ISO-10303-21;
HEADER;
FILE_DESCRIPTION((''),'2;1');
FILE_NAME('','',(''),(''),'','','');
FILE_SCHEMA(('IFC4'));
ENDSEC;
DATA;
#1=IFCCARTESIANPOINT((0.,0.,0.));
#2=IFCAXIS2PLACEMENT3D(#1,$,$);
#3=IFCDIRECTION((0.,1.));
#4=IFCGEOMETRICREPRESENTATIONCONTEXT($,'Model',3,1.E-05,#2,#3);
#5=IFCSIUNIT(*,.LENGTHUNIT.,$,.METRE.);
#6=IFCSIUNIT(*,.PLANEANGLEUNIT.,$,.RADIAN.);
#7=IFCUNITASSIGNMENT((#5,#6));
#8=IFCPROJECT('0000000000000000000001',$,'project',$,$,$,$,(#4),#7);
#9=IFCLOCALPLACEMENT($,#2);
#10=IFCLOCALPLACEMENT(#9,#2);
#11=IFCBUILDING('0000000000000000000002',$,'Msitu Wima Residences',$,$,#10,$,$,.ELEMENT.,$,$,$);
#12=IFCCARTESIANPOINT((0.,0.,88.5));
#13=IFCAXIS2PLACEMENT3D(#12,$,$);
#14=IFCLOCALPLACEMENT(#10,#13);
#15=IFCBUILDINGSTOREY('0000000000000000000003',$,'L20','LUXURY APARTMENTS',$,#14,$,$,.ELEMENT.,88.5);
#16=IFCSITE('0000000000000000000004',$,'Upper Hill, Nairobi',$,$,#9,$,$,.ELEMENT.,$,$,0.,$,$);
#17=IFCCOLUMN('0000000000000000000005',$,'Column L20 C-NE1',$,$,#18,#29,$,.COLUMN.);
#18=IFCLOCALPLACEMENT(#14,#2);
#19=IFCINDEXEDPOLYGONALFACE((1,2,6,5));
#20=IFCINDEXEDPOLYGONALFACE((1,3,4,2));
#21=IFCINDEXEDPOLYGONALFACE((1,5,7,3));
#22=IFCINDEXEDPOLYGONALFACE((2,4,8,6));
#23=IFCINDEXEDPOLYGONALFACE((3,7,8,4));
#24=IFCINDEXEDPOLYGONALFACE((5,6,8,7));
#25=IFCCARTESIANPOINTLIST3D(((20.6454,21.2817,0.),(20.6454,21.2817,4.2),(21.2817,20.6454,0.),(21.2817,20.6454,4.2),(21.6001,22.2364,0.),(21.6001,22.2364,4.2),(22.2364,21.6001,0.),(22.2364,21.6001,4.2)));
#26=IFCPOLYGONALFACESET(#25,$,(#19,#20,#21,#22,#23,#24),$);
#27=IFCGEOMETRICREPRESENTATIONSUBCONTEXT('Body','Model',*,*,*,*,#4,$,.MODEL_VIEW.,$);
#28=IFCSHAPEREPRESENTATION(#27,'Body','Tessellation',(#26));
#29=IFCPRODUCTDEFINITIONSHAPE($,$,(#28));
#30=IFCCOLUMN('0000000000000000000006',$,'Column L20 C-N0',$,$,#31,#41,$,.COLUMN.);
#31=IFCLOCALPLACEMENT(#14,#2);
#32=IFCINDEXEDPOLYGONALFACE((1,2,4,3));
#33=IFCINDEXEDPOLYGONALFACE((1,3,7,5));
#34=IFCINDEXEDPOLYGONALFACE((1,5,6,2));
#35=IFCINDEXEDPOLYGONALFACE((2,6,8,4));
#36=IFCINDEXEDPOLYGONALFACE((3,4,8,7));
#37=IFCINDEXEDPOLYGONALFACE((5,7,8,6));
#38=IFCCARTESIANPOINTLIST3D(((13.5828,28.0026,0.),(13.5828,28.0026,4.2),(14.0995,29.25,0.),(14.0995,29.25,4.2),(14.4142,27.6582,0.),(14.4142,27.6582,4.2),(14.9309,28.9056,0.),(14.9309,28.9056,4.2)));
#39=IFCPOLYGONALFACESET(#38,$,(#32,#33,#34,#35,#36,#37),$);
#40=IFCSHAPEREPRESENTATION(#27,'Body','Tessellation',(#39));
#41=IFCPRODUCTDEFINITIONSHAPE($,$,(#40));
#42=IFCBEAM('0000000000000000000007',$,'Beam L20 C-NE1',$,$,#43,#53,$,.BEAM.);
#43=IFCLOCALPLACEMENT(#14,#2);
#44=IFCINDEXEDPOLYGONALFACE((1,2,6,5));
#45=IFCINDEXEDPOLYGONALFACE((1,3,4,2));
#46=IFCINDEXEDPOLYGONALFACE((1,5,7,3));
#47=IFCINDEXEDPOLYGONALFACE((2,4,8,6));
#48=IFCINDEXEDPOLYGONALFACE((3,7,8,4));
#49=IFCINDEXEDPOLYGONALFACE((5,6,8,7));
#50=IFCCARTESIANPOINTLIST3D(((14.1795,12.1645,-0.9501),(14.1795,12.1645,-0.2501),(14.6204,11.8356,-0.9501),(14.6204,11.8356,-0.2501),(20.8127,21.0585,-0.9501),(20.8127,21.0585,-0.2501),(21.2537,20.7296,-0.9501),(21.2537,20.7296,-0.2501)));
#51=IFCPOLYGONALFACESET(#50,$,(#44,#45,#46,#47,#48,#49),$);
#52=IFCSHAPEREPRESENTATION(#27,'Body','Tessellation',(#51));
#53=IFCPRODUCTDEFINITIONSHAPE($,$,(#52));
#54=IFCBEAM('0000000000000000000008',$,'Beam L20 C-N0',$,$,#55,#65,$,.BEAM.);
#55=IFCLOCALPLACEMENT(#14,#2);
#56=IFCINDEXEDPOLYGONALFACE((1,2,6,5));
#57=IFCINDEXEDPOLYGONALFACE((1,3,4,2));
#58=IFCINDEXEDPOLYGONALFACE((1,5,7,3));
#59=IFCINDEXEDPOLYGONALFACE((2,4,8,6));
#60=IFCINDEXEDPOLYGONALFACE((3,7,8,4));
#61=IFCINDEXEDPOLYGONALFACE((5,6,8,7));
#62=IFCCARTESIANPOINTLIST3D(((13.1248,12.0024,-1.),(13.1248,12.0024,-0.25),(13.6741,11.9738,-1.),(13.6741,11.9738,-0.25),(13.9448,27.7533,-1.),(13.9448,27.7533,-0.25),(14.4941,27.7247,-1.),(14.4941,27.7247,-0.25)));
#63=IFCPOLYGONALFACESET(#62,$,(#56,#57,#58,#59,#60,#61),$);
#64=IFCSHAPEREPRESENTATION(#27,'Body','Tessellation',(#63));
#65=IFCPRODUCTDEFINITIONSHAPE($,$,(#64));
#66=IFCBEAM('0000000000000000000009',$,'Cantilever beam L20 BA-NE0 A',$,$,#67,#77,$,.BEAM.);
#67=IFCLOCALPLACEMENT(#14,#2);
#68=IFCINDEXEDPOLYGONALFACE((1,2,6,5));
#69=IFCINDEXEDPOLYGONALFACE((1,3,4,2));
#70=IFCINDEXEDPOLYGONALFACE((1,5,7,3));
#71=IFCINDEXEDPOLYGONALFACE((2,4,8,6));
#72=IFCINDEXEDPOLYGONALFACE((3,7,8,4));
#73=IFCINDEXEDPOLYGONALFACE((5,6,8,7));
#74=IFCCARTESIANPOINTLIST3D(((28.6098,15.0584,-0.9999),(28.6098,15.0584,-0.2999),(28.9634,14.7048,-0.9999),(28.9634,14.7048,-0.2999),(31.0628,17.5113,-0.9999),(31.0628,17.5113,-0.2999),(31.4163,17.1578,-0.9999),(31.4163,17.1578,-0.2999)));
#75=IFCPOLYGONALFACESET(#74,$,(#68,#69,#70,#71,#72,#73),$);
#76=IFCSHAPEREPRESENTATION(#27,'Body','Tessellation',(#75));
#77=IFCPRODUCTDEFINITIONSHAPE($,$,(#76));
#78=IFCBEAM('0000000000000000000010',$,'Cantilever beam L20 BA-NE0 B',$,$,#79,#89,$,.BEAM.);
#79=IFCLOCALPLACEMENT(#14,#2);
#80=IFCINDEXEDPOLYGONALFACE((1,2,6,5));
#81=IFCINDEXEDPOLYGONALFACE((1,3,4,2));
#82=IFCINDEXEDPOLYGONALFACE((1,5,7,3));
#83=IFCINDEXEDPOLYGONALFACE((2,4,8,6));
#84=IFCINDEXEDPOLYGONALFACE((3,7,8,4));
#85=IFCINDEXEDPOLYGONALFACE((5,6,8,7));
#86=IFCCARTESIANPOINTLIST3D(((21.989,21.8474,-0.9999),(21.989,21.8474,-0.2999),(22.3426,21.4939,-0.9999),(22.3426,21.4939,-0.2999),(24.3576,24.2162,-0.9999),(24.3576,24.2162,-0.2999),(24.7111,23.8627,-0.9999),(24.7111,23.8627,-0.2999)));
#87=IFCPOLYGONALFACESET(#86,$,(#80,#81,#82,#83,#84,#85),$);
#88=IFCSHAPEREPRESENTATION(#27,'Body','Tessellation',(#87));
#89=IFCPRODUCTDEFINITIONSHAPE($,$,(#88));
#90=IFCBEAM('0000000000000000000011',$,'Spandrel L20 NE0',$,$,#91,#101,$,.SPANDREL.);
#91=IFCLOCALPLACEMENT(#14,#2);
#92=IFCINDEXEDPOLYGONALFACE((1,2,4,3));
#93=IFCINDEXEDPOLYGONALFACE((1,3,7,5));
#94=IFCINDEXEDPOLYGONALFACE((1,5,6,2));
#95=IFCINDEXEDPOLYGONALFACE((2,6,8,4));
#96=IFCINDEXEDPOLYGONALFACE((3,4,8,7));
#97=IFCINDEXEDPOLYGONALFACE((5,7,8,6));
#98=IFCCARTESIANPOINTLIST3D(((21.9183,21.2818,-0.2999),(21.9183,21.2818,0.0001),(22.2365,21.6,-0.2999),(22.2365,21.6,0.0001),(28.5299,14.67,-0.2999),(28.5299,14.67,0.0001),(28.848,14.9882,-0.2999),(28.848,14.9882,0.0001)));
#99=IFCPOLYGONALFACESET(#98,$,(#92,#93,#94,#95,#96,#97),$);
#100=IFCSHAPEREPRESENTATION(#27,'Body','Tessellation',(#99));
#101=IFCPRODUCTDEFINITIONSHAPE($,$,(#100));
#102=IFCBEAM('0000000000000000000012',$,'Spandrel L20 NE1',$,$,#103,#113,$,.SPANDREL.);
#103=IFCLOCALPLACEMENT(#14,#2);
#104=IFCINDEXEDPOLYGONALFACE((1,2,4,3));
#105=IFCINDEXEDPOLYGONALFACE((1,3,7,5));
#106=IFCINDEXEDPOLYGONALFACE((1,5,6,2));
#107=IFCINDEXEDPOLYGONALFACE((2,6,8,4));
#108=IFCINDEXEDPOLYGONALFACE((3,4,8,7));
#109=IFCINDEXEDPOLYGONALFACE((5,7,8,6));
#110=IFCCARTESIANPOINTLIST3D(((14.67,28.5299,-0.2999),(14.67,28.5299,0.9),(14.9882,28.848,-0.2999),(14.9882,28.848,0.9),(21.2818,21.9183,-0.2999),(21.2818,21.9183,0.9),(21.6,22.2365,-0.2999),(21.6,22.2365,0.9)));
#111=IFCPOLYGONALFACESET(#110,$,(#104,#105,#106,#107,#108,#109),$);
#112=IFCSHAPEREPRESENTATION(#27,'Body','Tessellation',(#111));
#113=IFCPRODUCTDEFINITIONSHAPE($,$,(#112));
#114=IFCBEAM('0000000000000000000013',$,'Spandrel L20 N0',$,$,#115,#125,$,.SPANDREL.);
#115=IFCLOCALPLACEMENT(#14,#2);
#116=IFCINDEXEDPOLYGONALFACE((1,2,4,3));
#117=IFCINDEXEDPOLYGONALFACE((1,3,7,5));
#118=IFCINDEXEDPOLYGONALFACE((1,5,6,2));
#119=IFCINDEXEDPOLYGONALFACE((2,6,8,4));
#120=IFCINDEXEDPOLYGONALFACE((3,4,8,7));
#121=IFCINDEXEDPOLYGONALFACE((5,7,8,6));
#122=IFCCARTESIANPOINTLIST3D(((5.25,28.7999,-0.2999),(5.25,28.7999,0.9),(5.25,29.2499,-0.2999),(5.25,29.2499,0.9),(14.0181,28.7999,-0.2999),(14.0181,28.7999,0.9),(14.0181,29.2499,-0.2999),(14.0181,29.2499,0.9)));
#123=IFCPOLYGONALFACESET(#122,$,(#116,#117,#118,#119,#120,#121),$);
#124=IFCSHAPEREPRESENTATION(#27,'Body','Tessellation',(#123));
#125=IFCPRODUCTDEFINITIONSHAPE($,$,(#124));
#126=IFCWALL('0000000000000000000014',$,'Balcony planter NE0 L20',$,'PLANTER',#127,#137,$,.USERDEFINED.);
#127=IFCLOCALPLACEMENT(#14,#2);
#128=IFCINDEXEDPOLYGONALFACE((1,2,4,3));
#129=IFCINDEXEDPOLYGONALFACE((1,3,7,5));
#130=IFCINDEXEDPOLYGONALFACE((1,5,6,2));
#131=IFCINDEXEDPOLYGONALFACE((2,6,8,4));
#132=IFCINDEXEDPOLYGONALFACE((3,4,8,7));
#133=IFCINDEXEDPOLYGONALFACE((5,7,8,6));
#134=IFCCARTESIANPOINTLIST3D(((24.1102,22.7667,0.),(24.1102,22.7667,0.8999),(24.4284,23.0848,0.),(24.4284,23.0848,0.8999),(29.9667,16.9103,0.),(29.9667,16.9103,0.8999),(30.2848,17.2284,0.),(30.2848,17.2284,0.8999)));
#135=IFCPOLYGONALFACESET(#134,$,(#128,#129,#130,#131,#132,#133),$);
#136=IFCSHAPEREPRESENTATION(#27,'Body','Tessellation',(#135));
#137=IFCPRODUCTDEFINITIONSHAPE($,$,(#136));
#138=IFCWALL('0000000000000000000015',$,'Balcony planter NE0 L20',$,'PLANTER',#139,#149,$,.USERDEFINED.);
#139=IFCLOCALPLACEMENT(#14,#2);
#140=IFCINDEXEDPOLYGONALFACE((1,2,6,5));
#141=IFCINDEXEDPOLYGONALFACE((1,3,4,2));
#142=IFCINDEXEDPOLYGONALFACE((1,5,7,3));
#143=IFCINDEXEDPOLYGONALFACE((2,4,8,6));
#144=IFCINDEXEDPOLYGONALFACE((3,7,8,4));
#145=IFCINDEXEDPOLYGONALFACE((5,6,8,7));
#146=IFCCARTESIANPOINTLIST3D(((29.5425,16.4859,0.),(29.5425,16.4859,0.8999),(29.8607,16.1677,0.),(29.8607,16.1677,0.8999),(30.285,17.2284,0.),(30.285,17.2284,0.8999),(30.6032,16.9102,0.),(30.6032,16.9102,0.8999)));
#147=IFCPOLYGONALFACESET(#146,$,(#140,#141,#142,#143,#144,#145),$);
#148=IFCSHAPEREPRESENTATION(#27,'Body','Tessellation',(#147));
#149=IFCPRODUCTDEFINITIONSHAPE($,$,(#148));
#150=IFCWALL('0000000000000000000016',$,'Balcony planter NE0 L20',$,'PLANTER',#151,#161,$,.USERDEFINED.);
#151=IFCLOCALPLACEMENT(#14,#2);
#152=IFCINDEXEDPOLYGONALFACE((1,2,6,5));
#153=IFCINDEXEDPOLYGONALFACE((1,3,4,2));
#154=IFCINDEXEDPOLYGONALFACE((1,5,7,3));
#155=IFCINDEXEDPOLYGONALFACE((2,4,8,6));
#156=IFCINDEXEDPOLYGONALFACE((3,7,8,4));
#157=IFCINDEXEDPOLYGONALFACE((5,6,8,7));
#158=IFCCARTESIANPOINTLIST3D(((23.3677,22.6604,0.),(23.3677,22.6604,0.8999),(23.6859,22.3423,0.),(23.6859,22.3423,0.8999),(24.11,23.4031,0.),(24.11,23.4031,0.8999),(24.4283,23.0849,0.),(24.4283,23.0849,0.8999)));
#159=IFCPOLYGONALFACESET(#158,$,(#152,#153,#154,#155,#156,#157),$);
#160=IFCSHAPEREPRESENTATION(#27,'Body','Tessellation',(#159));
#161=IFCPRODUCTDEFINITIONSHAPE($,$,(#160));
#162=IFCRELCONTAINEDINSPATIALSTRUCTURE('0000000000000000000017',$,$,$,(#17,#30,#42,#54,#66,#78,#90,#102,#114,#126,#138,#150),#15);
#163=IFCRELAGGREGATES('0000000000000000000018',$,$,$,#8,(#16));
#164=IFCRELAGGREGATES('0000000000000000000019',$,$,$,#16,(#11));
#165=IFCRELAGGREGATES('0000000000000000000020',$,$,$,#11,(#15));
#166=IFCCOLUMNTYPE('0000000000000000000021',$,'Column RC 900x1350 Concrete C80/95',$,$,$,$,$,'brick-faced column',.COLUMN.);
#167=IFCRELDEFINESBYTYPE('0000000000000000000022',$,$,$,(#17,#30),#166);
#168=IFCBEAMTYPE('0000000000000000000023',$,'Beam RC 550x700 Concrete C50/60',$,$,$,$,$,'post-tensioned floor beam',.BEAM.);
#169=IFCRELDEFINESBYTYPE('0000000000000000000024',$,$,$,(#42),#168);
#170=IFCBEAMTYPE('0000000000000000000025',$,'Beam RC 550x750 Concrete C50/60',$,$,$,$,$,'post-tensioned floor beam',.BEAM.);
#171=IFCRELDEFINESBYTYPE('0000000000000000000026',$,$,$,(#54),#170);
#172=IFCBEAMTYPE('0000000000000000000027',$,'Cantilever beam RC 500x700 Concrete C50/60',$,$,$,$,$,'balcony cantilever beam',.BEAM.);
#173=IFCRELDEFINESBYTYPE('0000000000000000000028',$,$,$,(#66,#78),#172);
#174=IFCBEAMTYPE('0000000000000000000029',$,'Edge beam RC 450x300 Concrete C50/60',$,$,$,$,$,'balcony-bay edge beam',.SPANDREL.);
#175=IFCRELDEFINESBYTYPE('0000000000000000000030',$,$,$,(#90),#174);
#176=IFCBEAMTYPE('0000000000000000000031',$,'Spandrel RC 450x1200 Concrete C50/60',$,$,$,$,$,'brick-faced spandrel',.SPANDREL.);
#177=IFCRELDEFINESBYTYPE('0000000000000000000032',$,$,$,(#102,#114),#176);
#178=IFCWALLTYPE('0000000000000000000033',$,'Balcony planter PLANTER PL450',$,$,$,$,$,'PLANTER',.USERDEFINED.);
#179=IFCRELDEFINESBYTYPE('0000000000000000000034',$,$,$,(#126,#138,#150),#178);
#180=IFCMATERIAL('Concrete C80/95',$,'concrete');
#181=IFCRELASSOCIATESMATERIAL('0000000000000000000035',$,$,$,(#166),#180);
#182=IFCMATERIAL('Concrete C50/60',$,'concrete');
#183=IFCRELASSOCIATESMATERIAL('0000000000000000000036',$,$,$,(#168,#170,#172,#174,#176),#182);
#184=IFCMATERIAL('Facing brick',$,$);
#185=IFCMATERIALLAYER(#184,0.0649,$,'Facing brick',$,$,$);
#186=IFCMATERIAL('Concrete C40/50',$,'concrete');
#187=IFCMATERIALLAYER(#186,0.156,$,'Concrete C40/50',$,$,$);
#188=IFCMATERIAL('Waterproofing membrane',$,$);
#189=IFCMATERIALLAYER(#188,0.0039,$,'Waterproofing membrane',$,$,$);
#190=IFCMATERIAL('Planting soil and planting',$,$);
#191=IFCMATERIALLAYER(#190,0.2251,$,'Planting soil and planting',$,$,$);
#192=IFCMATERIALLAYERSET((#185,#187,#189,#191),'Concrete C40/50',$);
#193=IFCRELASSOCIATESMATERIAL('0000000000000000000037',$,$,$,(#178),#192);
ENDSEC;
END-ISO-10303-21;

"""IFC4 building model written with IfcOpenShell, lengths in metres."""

from ifc_helpers import new_model, si_unit, direction, frame, frame_2d, origin, origin_2d, place, context, subcontext, project, spatial, rectangle, extrude, material, layer, layer_set, material_profile, profile_set, type_object, element, save


model = new_model("IFC4")

# Units and contexts
model_context = context("Model", 3, precision=1e-05, world=origin(), true_north=direction((0.0, 1.0)))
body_context = subcontext(model_context, "Body", "Model", "MODEL_VIEW")
ifc_project = project(units=[si_unit("LENGTHUNIT", "METRE"), si_unit("PLANEANGLEUNIT", "RADIAN")], contexts=[model_context])

# Site, building, storey
site_placement = place(None, origin())
site = spatial("IfcSite", under=ifc_project, at=site_placement, Name="Upper Hill, Nairobi", CompositionType="ELEMENT", RefElevation=0.0)
building_placement = place(site_placement, origin())
building = spatial("IfcBuilding", under=site, at=building_placement, Name="Msitu Wima Residences", CompositionType="ELEMENT")
storey_placement = place(building_placement, frame((0.0, 0.0, 88.5)))
storey = spatial("IfcBuildingStorey", under=building, at=storey_placement, Name="L20", Description="LUXURY APARTMENTS", CompositionType="ELEMENT", Elevation=88.5)

# Columns
ifc_material_1 = material(Name="Concrete C80/95", Category="concrete")
ifc_material_profile_1 = material_profile(ifc_material_1, rectangle(XDim=0.8999, YDim=1.3501, at=origin_2d()), Name="RC 900x1350")
ifc_profile_set_1 = profile_set([ifc_material_profile_1], Name="Concrete C80/95")
column_type = type_object("IfcColumnType", Name="Column RC 900x1350 Concrete C80/95", ElementType="brick-faced column", PredefinedType="COLUMN", material=ifc_profile_set_1)
for number, where, z_axis, x_axis, name in (
    (1, (21.4409, 21.4409, 0.0), (0.0, 0.0, 1.0), (-0.707107, 0.707107, 0.0), "Column L20 C-NE1"),
    (2, (14.2568, 28.4541, 0.0), (0.0, 0.0, 1.0), (-0.92388, 0.382683, 0.0), "Column L20 C-N0"),
):
    element("IfcColumn", number, at=place(storey_placement, frame(where, z_axis=z_axis, x_axis=x_axis)), inside=storey, type_object=column_type, Name=name, PredefinedType="COLUMN", context=body_context, shape_type="SweptSolid", body=[
        extrude(rectangle(XDim=0.8999, YDim=1.3501, at=origin_2d()), origin(), (0.0, 0.0, 1.0), 4.2),
    ])

# Beams
ifc_material_2 = material(Name="Concrete C50/60", Category="concrete")
ifc_material_profile_2 = material_profile(ifc_material_2, rectangle(XDim=0.55, YDim=0.7, at=origin_2d()), Name="RC 550x700")
ifc_profile_set_2 = profile_set([ifc_material_profile_2], Name="Concrete C50/60")
beam_type_1 = type_object("IfcBeamType", Name="Beam RC 550x700 Concrete C50/60", ElementType="post-tensioned floor beam", PredefinedType="BEAM", material=ifc_profile_set_2)
beam_1_placement = place(storey_placement, frame((21.0332, 20.894, -0.6001), z_axis=(-0.59785, -0.801608, 0.0), x_axis=(0.801608, -0.59785, 0.0)))
element("IfcBeam", 3, at=beam_1_placement, inside=storey, type_object=beam_type_1, Name="Beam L20 C-NE1", PredefinedType="BEAM", context=body_context, shape_type="SweptSolid", body=[
    extrude(rectangle(XDim=0.55, YDim=0.7, at=origin_2d()), origin(), (0.0, 0.0, 1.0), 11.0952),
])
ifc_material_profile_3 = material_profile(ifc_material_2, rectangle(XDim=0.55, YDim=0.75, at=origin_2d()), Name="RC 550x750")
ifc_profile_set_3 = profile_set([ifc_material_profile_3], Name="Concrete C50/60")
beam_type_2 = type_object("IfcBeamType", Name="Beam RC 550x750 Concrete C50/60", ElementType="post-tensioned floor beam", PredefinedType="BEAM", material=ifc_profile_set_3)
beam_2_placement = place(storey_placement, frame((14.2195, 27.739, -0.625), z_axis=(-0.051994, -0.998647, 0.0), x_axis=(0.998647, -0.051994, 0.0)))
element("IfcBeam", 4, at=beam_2_placement, inside=storey, type_object=beam_type_2, Name="Beam L20 C-N0", PredefinedType="BEAM", context=body_context, shape_type="SweptSolid", body=[
    extrude(rectangle(XDim=0.55, YDim=0.75, at=origin_2d()), origin(), (0.0, 0.0, 1.0), 15.7722),
])
ifc_material_profile_4 = material_profile(ifc_material_2, rectangle(XDim=0.5, YDim=0.7, at=origin_2d()), Name="RC 500x700")
ifc_profile_set_4 = profile_set([ifc_material_profile_4], Name="Concrete C50/60")
beam_type_3 = type_object("IfcBeamType", Name="Cantilever beam RC 500x700 Concrete C50/60", ElementType="balcony cantilever beam", PredefinedType="BEAM", material=ifc_profile_set_4)
beam_3_placement = place(storey_placement, frame((28.7866, 14.8816, -0.6499), z_axis=(0.707107, 0.707107, 0.0), x_axis=(-0.707107, 0.707107, 0.0)))
element("IfcBeam", 5, at=beam_3_placement, inside=storey, type_object=beam_type_3, Name="Cantilever beam L20 BA-NE0 A", PredefinedType="BEAM", context=body_context, shape_type="SweptSolid", body=[
    extrude(rectangle(XDim=0.5, YDim=0.7, at=origin_2d()), origin(), (0.0, 0.0, 1.0), 3.469),
])
beam_4_placement = place(storey_placement, frame((22.1658, 21.6707, -0.6499), z_axis=(0.70707, 0.707143, 0.0), x_axis=(-0.707143, 0.70707, 0.0)))
element("IfcBeam", 6, at=beam_4_placement, inside=storey, type_object=beam_type_3, Name="Cantilever beam L20 BA-NE0 B", PredefinedType="BEAM", context=body_context, shape_type="SweptSolid", body=[
    extrude(rectangle(XDim=0.5, YDim=0.7, at=origin_2d()), origin(), (0.0, 0.0, 1.0), 3.3499),
])
ifc_material_profile_5 = material_profile(ifc_material_2, rectangle(XDim=0.45, YDim=0.3, at=origin_2d()), Name="RC 450x300")
ifc_profile_set_5 = profile_set([ifc_material_profile_5], Name="Concrete C50/60")
beam_type_4 = type_object("IfcBeamType", Name="Edge beam RC 450x300 Concrete C50/60", ElementType="balcony-bay edge beam", PredefinedType="SPANDREL", material=ifc_profile_set_5)
beam_5_placement = place(storey_placement, frame((28.689, 14.8291, -0.1499), z_axis=(-0.707094, 0.70712, 0.0), x_axis=(-0.70712, -0.707094, 0.0)))
element("IfcBeam", 7, at=beam_5_placement, inside=storey, type_object=beam_type_4, Name="Spandrel L20 NE0", PredefinedType="SPANDREL", context=body_context, shape_type="SweptSolid", body=[
    extrude(rectangle(XDim=0.45, YDim=0.3, at=origin_2d()), origin(), (0.0, 0.0, 1.0), 9.3503),
])
ifc_material_profile_6 = material_profile(ifc_material_2, rectangle(XDim=0.45, YDim=1.2, at=origin_2d()), Name="RC 450x1200")
ifc_profile_set_6 = profile_set([ifc_material_profile_6], Name="Concrete C50/60")
beam_type_5 = type_object("IfcBeamType", Name="Spandrel RC 450x1200 Concrete C50/60", ElementType="brick-faced spandrel", PredefinedType="SPANDREL", material=ifc_profile_set_6)
beam_6_placement = place(storey_placement, frame((21.4409, 22.0774, 0.3), z_axis=(-0.70712, 0.707094, 0.0), x_axis=(-0.707094, -0.70712, 0.0)))
element("IfcBeam", 8, at=beam_6_placement, inside=storey, type_object=beam_type_5, Name="Spandrel L20 NE1", PredefinedType="SPANDREL", context=body_context, shape_type="SweptSolid", body=[
    extrude(rectangle(XDim=0.45, YDim=1.2, at=origin_2d()), origin(), (0.0, 0.0, 1.0), 9.3503),
])
beam_7_placement = place(storey_placement, frame((14.0181, 29.0249, 0.3), z_axis=(-1.0, 0.0, 0.0), x_axis=(0.0, -1.0, 0.0)))
element("IfcBeam", 9, at=beam_7_placement, inside=storey, type_object=beam_type_5, Name="Spandrel L20 N0", PredefinedType="SPANDREL", context=body_context, shape_type="SweptSolid", body=[
    extrude(rectangle(XDim=0.45, YDim=1.2, at=origin_2d()), origin(), (0.0, 0.0, 1.0), 8.7681),
])

# Walls
ifc_material_3 = material(Name="Facing brick")
ifc_layer_1 = layer(ifc_material_3, 0.0649, Name="Facing brick")
ifc_material_4 = material(Name="Concrete C40/50", Category="concrete")
ifc_layer_2 = layer(ifc_material_4, 0.156, Name="Concrete C40/50")
ifc_material_5 = material(Name="Waterproofing membrane")
ifc_layer_3 = layer(ifc_material_5, 0.0039, Name="Waterproofing membrane")
ifc_material_6 = material(Name="Planting soil and planting")
ifc_layer_4 = layer(ifc_material_6, 0.2251, Name="Planting soil and planting")
ifc_layer_set_1 = layer_set([ifc_layer_1, ifc_layer_2, ifc_layer_3, ifc_layer_4], Name="Concrete C40/50")
wall_type_1 = type_object("IfcWallType", Name="Balcony planter PLANTER PL450", ElementType="PLANTER", PredefinedType="USERDEFINED", material=ifc_layer_set_1)
wall_1_placement = place(storey_placement, frame((30.1257, 17.0693, 0.0), z_axis=(0.0, 0.0, 1.0), x_axis=(-0.707107, 0.707107, 0.0)))
element("IfcWall", 10, at=wall_1_placement, inside=storey, type_object=wall_type_1, Name="Balcony planter NE0 L20", ObjectType="PLANTER", PredefinedType="USERDEFINED", context=body_context, shape_type="SweptSolid", body=[
    extrude(rectangle(XDim=8.2822, YDim=0.45, at=frame_2d((4.1411, 0.0))), origin(), (0.0, 0.0, 1.0), 0.8999),
])
for number, where, z_axis, x_axis, name in (
    (11, (29.7017, 16.3269, 0.0), (0.0, 0.0, 1.0), (0.707107, 0.707107, 0.0), "Balcony planter NE0 L20"),
    (12, (23.5269, 22.5015, 0.0), (0.0, 0.0, 1.0), (0.706991, 0.707223, 0.0), "Balcony planter NE0 L20"),
):
    element("IfcWall", number, at=place(storey_placement, frame(where, z_axis=z_axis, x_axis=x_axis)), inside=storey, type_object=wall_type_1, Name=name, ObjectType="PLANTER", PredefinedType="USERDEFINED", context=body_context, shape_type="SweptSolid", body=[
        extrude(rectangle(XDim=1.05, YDim=0.45, at=frame_2d((0.5249, 0.0))), origin(), (0.0, 0.0, 1.0), 0.8999),
    ])

save(model, "model.ifc")
